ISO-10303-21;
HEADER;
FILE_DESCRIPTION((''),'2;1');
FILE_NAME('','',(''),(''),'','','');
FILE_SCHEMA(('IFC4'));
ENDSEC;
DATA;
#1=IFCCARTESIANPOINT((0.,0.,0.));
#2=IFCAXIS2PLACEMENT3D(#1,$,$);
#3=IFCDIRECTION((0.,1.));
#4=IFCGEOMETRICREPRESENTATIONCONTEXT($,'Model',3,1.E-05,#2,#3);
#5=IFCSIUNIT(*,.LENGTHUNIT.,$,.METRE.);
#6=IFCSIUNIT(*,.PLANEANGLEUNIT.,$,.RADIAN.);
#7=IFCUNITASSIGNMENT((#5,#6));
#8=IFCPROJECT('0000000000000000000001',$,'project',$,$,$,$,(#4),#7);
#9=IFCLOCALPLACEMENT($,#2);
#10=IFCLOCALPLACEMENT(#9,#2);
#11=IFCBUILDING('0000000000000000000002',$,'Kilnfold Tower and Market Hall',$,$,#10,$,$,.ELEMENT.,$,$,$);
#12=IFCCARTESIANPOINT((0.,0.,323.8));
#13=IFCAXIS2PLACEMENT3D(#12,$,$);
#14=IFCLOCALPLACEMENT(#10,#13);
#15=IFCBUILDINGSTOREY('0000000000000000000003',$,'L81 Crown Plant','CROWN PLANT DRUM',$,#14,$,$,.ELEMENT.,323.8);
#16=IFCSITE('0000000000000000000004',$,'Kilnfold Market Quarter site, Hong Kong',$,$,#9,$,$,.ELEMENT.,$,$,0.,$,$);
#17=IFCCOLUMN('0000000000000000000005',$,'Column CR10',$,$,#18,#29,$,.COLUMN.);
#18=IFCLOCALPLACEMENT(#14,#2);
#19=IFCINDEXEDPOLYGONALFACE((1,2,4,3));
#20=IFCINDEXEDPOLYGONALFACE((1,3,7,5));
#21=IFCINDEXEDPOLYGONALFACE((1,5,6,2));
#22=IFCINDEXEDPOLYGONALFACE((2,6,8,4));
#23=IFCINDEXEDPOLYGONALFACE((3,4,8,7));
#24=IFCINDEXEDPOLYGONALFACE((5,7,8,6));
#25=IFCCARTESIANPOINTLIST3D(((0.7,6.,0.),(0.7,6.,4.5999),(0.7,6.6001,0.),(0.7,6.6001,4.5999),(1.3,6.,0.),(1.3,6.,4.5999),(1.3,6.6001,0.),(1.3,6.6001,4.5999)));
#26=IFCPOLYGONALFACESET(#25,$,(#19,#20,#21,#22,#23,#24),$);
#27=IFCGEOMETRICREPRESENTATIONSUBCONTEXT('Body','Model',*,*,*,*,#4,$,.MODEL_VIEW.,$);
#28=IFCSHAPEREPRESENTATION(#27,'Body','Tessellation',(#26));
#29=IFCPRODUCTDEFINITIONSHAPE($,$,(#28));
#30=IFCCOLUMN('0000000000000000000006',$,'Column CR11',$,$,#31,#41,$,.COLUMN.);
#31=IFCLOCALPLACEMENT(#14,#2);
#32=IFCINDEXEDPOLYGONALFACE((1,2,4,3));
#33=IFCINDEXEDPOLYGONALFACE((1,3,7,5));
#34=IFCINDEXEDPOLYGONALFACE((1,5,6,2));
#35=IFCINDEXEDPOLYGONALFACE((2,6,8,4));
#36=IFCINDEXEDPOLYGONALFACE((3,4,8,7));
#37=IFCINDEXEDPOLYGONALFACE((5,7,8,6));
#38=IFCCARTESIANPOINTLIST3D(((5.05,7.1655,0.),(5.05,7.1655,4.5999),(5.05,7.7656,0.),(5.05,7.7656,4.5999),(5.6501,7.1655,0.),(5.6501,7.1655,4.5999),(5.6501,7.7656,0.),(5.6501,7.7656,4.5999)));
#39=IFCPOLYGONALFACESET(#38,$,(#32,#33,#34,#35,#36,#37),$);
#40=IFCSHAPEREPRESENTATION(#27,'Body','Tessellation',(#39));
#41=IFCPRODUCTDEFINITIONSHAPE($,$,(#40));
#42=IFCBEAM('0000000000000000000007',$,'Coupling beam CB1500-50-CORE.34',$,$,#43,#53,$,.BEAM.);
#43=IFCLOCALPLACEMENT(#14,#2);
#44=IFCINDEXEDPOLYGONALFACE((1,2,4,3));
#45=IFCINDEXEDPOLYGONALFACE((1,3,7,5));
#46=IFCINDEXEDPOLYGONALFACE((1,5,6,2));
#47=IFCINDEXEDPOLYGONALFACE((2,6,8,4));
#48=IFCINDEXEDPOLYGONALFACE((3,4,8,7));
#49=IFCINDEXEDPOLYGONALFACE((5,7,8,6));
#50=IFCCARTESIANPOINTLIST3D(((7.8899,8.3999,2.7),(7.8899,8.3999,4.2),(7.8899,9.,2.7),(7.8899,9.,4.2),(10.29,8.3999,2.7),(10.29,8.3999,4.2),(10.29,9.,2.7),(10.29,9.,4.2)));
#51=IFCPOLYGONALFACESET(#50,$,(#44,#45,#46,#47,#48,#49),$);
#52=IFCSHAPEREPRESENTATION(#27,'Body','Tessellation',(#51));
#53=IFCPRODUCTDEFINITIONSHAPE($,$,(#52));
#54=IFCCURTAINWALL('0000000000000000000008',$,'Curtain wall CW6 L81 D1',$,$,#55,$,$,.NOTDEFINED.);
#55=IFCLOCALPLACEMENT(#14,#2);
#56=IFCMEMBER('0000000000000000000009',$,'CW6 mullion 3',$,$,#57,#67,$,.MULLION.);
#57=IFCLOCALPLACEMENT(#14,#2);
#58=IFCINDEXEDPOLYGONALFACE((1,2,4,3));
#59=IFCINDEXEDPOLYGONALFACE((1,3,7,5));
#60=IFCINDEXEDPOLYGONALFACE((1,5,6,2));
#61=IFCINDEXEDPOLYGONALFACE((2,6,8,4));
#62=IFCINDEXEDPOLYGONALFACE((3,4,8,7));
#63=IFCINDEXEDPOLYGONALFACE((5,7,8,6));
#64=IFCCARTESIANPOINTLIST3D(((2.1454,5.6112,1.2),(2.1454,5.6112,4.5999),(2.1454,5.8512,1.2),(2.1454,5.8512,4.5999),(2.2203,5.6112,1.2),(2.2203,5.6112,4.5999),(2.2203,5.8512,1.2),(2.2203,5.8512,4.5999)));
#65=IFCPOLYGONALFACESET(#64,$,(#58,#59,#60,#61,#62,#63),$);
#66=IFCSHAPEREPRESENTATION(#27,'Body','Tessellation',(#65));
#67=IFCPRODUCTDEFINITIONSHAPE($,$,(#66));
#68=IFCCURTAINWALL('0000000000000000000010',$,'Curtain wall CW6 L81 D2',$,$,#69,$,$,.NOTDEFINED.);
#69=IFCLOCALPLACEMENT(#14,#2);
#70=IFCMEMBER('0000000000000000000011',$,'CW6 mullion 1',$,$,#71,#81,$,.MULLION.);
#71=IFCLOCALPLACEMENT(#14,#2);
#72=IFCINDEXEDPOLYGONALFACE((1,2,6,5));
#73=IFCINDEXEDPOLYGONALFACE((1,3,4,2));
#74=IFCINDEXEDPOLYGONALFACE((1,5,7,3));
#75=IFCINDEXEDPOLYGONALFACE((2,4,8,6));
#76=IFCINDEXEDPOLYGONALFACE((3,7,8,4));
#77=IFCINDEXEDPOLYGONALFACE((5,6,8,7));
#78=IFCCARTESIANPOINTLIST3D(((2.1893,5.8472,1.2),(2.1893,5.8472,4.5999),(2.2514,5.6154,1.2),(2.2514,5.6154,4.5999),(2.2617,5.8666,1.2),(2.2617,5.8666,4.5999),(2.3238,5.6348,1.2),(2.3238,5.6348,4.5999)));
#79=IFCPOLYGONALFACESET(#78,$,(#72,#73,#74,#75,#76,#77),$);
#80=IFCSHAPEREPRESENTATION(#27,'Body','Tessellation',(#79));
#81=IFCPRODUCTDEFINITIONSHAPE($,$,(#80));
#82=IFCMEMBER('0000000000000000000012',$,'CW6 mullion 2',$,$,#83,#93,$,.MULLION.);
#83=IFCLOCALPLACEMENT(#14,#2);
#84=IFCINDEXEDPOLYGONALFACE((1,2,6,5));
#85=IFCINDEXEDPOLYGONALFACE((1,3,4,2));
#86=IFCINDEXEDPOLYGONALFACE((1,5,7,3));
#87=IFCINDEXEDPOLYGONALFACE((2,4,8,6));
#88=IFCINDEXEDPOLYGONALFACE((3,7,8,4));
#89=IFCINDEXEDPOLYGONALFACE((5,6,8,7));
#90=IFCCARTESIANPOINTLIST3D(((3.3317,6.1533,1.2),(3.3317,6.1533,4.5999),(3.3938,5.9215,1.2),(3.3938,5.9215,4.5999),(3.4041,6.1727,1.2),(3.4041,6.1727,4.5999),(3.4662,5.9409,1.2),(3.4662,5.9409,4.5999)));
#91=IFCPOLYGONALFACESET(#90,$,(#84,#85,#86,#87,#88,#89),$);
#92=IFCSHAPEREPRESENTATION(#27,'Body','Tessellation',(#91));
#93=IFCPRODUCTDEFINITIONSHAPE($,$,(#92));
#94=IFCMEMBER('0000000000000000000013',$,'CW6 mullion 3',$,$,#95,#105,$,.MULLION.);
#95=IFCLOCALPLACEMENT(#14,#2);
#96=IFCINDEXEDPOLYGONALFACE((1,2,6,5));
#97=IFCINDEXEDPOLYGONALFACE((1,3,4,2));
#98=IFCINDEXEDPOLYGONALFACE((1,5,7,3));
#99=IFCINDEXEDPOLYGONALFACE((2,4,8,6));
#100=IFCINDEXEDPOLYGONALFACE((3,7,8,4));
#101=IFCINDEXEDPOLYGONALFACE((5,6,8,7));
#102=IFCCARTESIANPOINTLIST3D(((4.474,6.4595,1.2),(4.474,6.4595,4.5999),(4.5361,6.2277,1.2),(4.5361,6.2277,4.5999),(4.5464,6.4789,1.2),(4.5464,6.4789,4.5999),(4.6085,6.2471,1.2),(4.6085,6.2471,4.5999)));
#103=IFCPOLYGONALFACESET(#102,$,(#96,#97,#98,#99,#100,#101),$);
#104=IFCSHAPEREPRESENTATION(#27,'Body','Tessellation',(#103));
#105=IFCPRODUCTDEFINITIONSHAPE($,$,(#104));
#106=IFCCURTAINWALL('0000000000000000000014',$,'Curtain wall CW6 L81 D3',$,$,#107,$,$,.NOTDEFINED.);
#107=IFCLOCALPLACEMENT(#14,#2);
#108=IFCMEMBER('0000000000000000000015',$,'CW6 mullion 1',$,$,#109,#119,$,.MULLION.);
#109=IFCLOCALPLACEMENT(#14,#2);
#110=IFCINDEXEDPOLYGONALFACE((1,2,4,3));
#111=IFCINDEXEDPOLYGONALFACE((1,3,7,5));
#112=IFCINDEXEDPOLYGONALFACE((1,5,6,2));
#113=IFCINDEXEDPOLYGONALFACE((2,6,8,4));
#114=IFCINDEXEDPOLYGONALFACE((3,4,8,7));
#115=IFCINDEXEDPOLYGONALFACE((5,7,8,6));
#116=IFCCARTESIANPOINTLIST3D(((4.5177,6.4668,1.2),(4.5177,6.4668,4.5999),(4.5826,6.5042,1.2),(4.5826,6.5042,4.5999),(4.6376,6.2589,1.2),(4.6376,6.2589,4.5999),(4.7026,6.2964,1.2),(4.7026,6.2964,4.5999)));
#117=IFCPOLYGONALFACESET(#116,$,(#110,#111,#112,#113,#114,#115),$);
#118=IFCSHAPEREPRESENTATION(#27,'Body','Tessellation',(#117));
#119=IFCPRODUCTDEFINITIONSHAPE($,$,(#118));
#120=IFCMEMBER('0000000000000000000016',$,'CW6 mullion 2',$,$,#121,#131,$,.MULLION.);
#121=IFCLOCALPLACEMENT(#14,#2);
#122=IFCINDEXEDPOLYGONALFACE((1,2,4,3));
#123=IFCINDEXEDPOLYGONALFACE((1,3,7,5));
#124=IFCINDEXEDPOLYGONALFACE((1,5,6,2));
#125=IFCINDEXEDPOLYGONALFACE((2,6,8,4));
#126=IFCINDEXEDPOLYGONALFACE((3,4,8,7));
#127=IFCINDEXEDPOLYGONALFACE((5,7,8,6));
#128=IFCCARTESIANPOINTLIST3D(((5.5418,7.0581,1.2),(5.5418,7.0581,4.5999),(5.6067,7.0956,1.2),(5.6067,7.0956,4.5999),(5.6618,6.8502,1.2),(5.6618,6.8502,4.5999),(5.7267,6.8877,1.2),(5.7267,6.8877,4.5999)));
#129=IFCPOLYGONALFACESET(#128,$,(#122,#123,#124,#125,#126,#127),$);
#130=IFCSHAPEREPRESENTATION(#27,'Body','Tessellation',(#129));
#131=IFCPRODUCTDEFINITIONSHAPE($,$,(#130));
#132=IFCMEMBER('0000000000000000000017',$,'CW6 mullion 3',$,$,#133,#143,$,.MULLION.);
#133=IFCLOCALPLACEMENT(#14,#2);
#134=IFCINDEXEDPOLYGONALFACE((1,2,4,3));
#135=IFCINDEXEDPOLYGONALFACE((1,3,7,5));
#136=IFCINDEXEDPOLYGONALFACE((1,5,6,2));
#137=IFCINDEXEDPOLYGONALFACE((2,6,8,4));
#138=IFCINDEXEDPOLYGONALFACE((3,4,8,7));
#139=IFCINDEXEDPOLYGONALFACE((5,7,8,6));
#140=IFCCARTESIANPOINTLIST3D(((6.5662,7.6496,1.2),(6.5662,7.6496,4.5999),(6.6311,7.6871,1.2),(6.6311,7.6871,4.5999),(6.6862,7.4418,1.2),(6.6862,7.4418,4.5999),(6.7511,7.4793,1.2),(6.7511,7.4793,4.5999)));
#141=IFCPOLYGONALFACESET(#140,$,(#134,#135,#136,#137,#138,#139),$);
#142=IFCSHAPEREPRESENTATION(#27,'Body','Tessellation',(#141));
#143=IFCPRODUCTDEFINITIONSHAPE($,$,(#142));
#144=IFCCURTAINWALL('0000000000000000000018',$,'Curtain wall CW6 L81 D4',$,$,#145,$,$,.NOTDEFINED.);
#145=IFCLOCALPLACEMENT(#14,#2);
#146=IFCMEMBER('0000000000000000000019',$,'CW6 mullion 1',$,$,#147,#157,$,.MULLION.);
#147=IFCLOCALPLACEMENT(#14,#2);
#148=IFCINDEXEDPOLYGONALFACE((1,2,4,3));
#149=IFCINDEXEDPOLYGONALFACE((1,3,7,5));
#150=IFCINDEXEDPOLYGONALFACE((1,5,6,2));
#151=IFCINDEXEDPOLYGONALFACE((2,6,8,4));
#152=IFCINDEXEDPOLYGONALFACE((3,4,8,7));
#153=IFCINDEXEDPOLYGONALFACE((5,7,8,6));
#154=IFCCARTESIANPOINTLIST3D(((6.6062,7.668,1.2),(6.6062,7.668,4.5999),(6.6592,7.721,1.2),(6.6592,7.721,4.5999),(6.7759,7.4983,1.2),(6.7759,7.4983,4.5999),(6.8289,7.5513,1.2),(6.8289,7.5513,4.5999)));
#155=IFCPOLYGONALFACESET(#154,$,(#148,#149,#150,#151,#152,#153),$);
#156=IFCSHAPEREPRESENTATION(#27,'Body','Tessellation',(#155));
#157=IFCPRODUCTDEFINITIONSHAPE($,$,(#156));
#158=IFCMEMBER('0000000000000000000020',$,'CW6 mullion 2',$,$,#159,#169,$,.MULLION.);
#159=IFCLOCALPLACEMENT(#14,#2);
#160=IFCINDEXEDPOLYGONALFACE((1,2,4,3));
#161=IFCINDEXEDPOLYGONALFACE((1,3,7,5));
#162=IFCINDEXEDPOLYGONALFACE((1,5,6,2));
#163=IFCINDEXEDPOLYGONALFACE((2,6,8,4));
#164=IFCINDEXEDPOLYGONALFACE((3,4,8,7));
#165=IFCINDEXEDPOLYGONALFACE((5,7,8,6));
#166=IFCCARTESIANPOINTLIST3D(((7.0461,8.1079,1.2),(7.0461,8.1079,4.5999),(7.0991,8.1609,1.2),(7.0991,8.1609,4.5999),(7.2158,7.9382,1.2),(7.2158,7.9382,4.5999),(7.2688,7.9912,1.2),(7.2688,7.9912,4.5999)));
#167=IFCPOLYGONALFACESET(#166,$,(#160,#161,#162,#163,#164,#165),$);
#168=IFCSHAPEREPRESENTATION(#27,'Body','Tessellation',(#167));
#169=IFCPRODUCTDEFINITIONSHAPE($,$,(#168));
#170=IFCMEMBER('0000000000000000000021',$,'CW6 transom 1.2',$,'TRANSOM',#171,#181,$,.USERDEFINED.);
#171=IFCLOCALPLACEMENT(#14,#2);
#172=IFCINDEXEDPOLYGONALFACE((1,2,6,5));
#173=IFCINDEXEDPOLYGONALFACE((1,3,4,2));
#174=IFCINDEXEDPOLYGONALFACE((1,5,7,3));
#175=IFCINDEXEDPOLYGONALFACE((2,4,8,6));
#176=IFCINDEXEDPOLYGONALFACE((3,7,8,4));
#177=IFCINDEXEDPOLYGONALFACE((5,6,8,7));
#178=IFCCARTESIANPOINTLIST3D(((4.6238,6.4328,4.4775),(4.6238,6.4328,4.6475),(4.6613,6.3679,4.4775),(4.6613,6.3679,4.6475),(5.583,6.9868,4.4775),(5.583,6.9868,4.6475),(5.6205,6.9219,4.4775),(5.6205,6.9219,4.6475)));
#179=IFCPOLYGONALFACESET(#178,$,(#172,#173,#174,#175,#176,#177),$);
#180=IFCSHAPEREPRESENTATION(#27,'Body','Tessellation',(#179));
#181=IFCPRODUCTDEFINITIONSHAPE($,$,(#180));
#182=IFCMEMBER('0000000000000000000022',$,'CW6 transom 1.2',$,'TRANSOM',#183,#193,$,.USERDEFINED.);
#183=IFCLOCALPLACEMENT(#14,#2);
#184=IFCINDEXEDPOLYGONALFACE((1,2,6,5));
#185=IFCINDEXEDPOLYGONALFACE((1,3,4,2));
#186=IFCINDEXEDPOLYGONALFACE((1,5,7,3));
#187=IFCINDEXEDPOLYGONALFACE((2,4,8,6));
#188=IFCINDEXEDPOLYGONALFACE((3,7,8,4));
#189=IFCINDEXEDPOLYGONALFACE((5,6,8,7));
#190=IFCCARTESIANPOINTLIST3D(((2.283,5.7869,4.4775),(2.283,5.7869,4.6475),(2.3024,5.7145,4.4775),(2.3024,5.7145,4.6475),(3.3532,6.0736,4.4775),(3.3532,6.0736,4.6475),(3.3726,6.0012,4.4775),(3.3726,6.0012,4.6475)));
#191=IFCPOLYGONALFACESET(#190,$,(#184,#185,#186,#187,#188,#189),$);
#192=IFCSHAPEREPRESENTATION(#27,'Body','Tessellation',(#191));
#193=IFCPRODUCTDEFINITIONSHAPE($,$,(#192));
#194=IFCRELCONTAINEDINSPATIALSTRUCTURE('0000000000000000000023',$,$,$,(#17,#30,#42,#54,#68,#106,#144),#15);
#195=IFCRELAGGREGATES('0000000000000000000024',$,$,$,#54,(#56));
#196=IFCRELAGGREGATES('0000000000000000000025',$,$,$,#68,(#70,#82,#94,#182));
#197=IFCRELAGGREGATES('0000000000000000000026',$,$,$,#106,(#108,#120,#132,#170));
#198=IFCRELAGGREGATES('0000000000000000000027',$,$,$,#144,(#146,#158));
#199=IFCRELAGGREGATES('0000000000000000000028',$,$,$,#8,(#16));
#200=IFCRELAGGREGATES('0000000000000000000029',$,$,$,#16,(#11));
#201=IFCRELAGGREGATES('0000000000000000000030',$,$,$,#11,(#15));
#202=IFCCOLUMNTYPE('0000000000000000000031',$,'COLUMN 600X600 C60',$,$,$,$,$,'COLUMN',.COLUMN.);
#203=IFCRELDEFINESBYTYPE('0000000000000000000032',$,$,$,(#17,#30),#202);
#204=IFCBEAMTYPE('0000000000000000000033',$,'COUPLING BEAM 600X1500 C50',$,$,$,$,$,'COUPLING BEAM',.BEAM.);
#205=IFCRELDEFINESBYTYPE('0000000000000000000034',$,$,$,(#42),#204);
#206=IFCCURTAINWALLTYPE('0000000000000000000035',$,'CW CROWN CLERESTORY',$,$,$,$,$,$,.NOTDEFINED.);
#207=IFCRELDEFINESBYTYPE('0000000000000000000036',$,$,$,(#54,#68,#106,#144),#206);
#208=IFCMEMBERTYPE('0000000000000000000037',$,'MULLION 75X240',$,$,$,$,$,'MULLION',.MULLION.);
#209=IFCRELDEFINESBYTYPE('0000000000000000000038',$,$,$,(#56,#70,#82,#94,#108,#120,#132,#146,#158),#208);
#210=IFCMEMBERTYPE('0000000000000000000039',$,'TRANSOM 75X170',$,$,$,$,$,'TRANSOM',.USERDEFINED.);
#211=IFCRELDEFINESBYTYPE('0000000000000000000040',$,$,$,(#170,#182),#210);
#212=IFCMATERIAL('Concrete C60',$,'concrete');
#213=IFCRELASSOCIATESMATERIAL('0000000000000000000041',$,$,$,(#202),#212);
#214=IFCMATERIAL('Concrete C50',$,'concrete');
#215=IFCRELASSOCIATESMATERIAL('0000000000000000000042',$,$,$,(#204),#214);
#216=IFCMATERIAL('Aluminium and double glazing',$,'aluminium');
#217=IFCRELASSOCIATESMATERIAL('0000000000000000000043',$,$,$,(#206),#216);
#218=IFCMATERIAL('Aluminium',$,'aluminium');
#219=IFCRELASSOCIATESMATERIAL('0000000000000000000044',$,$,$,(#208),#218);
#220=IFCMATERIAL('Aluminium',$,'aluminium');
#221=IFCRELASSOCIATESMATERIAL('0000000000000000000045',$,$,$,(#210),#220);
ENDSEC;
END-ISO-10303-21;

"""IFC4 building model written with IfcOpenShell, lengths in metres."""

from ifc_helpers import new_model, si_unit, direction, frame, origin, origin_2d, place, context, subcontext, project, spatial, rectangle, extrude, source, transform, mapped, material, material_profile, profile_set, type_object, element, aggregate, save


model = new_model("IFC4")

# Units and contexts
model_context = context("Model", 3, precision=1e-05, world=origin(), true_north=direction((0.0, 1.0)))
body_context = subcontext(model_context, "Body", "Model", "MODEL_VIEW")
ifc_project = project(units=[si_unit("LENGTHUNIT", "METRE"), si_unit("PLANEANGLEUNIT", "RADIAN")], contexts=[model_context])

# Site, building, storey
site_placement = place(None, origin())
site = spatial("IfcSite", under=ifc_project, at=site_placement, Name="Kilnfold Market Quarter site, Hong Kong", CompositionType="ELEMENT", RefElevation=0.0)
building_placement = place(site_placement, origin())
building = spatial("IfcBuilding", under=site, at=building_placement, Name="Kilnfold Tower and Market Hall", CompositionType="ELEMENT")
storey_placement = place(building_placement, frame((0.0, 0.0, 323.8)))
storey = spatial("IfcBuildingStorey", under=building, at=storey_placement, Name="L81 Crown Plant", Description="CROWN PLANT DRUM", CompositionType="ELEMENT", Elevation=323.8)

# Columns
ifc_material_1 = material(Name="Concrete C60", Category="concrete")
ifc_material_profile_1 = material_profile(ifc_material_1, rectangle(XDim=0.6001, YDim=0.6001, at=origin_2d()), Name="RC 600x600")
ifc_profile_set_1 = profile_set([ifc_material_profile_1], Name="Concrete C60")
column_type = type_object("IfcColumnType", Name="COLUMN 600X600 C60", ElementType="COLUMN", PredefinedType="COLUMN", material=ifc_profile_set_1)
shared_shape_1 = source(origin(), body_context, "Body", "SweptSolid", [
    extrude(rectangle(XDim=0.6001, YDim=0.6001, at=origin_2d()), origin(), (0.0, 0.0, 1.0), 4.5999),
])
for number, where, z_axis, x_axis, name in (
    (1, (1.0, 6.3, 0.0), (0.0, 0.0, 1.0), (1.0, 0.0, 0.0), "Column CR10"),
    (2, (5.3501, 7.4656, 0.0), (0.0, 0.0, 1.0), (1.0, 0.0, 0.0), "Column CR11"),
):
    element("IfcColumn", number, at=place(storey_placement, frame(where, z_axis=z_axis, x_axis=x_axis)), inside=storey, type_object=column_type, Name=name, PredefinedType="COLUMN", context=body_context, shape_type="MappedRepresentation", body=[
        mapped(shared_shape_1, transform((0.0, 0.0, 0.0))),
    ])

# Beam
ifc_material_2 = material(Name="Concrete C50", Category="concrete")
ifc_material_profile_2 = material_profile(ifc_material_2, rectangle(XDim=0.6001, YDim=1.5, at=origin_2d()), Name="RC 600x1500")
ifc_profile_set_2 = profile_set([ifc_material_profile_2], Name="Concrete C50")
beam_type = type_object("IfcBeamType", Name="COUPLING BEAM 600X1500 C50", ElementType="COUPLING BEAM", PredefinedType="BEAM", material=ifc_profile_set_2)
shared_shape_2 = source(origin(), body_context, "Body", "SweptSolid", [
    extrude(rectangle(XDim=0.6001, YDim=1.5, at=origin_2d()), origin(), (0.0, 0.0, 1.0), 2.4001),
])
beam_placement = place(storey_placement, frame((7.8899, 8.7, 3.45), z_axis=(1.0, 0.0, 0.0), x_axis=(0.0, 1.0, 0.0)))
element("IfcBeam", 3, at=beam_placement, inside=storey, type_object=beam_type, Name="Coupling beam CB1500-50-CORE.34", PredefinedType="BEAM", context=body_context, shape_type="MappedRepresentation", body=[
    mapped(shared_shape_2, transform((0.0, 0.0, 0.0))),
])

# Curtain wall, member
ifc_material_3 = material(Name="Aluminium and double glazing", Category="aluminium")
curtain_wall_type = type_object("IfcCurtainWallType", Name="CW CROWN CLERESTORY", PredefinedType="NOTDEFINED", material=ifc_material_3)
curtain_wall_1_placement = place(storey_placement, origin())
curtain_wall_1 = element("IfcCurtainWall", 4, at=curtain_wall_1_placement, inside=storey, type_object=curtain_wall_type, Name="Curtain wall CW6 L81 D1", PredefinedType="NOTDEFINED")
ifc_material_4 = material(Name="Aluminium", Category="aluminium")
ifc_material_profile_3 = material_profile(ifc_material_4, rectangle(XDim=0.075, YDim=0.24, at=origin_2d()), Name="MULLION 75x240")
ifc_profile_set_3 = profile_set([ifc_material_profile_3], Name="Aluminium")
member_type_1 = type_object("IfcMemberType", Name="MULLION 75X240", ElementType="MULLION", PredefinedType="MULLION", material=ifc_profile_set_3)
shared_shape_3 = source(origin(), body_context, "Body", "SweptSolid", [
    extrude(rectangle(XDim=0.075, YDim=0.24, at=origin_2d()), origin(), (0.0, 0.0, 1.0), 3.3999),
])
member_1_placement = place(storey_placement, frame((2.1829, 5.7312, 1.2), z_axis=(0.0, 0.0, 1.0), x_axis=(1.0, 0.0, 0.0)))
member_1 = element("IfcMember", 5, at=member_1_placement, type_object=member_type_1, Name="CW6 mullion 3", PredefinedType="MULLION", context=body_context, shape_type="MappedRepresentation", body=[
    mapped(shared_shape_3, transform((0.0, 0.0, 0.0))),
])
aggregate(curtain_wall_1, [member_1])

# Curtain walls, members
curtain_wall_2_placement = place(storey_placement, origin())
curtain_wall_2 = element("IfcCurtainWall", 6, at=curtain_wall_2_placement, inside=storey, type_object=curtain_wall_type, Name="Curtain wall CW6 L81 D2", PredefinedType="NOTDEFINED")
member_2_placement = place(storey_placement, frame((2.2566, 5.741, 1.2), z_axis=(0.0, 0.0, 1.0), x_axis=(0.96593, 0.258805, 0.0)))
member_2 = element("IfcMember", 7, at=member_2_placement, type_object=member_type_1, Name="CW6 mullion 1", PredefinedType="MULLION", context=body_context, shape_type="MappedRepresentation", body=[
    mapped(shared_shape_3, transform((0.0, 0.0, 0.0))),
])
member_3_placement = place(storey_placement, frame((3.3989, 6.0471, 1.2), z_axis=(0.0, 0.0, 1.0), x_axis=(0.96593, 0.258805, 0.0)))
member_3 = element("IfcMember", 8, at=member_3_placement, type_object=member_type_1, Name="CW6 mullion 2", PredefinedType="MULLION", context=body_context, shape_type="MappedRepresentation", body=[
    mapped(shared_shape_3, transform((0.0, 0.0, 0.0))),
])
member_4_placement = place(storey_placement, frame((4.5413, 6.3533, 1.2), z_axis=(0.0, 0.0, 1.0), x_axis=(0.96593, 0.258805, 0.0)))
member_4 = element("IfcMember", 9, at=member_4_placement, type_object=member_type_1, Name="CW6 mullion 3", PredefinedType="MULLION", context=body_context, shape_type="MappedRepresentation", body=[
    mapped(shared_shape_3, transform((0.0, 0.0, 0.0))),
])
curtain_wall_3_placement = place(storey_placement, origin())
curtain_wall_3 = element("IfcCurtainWall", 10, at=curtain_wall_3_placement, inside=storey, type_object=curtain_wall_type, Name="Curtain wall CW6 L81 D3", PredefinedType="NOTDEFINED")
member_5_placement = place(storey_placement, frame((4.6101, 6.3816, 1.2), z_axis=(0.0, 0.0, 1.0), x_axis=(0.866031, 0.499991, 0.0)))
member_5 = element("IfcMember", 11, at=member_5_placement, type_object=member_type_1, Name="CW6 mullion 1", PredefinedType="MULLION", context=body_context, shape_type="MappedRepresentation", body=[
    mapped(shared_shape_3, transform((0.0, 0.0, 0.0))),
])
member_6_placement = place(storey_placement, frame((5.6343, 6.9729, 1.2), z_axis=(0.0, 0.0, 1.0), x_axis=(0.866031, 0.499991, 0.0)))
member_6 = element("IfcMember", 12, at=member_6_placement, type_object=member_type_1, Name="CW6 mullion 2", PredefinedType="MULLION", context=body_context, shape_type="MappedRepresentation", body=[
    mapped(shared_shape_3, transform((0.0, 0.0, 0.0))),
])
member_7_placement = place(storey_placement, frame((6.6587, 7.5645, 1.2), z_axis=(0.0, 0.0, 1.0), x_axis=(0.866031, 0.499991, 0.0)))
member_7 = element("IfcMember", 13, at=member_7_placement, type_object=member_type_1, Name="CW6 mullion 3", PredefinedType="MULLION", context=body_context, shape_type="MappedRepresentation", body=[
    mapped(shared_shape_3, transform((0.0, 0.0, 0.0))),
])
curtain_wall_4_placement = place(storey_placement, origin())
curtain_wall_4 = element("IfcCurtainWall", 14, at=curtain_wall_4_placement, inside=storey, type_object=curtain_wall_type, Name="Curtain wall CW6 L81 D4", PredefinedType="NOTDEFINED")
member_8_placement = place(storey_placement, frame((6.7175, 7.6096, 1.2), z_axis=(0.0, 0.0, 1.0), x_axis=(0.707035, 0.707178, 0.0)))
member_8 = element("IfcMember", 15, at=member_8_placement, type_object=member_type_1, Name="CW6 mullion 1", PredefinedType="MULLION", context=body_context, shape_type="MappedRepresentation", body=[
    mapped(shared_shape_3, transform((0.0, 0.0, 0.0))),
])
member_9_placement = place(storey_placement, frame((7.1575, 8.0496, 1.2), z_axis=(0.0, 0.0, 1.0), x_axis=(0.707035, 0.707178, 0.0)))
member_9 = element("IfcMember", 16, at=member_9_placement, type_object=member_type_1, Name="CW6 mullion 2", PredefinedType="MULLION", context=body_context, shape_type="MappedRepresentation", body=[
    mapped(shared_shape_3, transform((0.0, 0.0, 0.0))),
])

# Members
ifc_material_5 = material(Name="Aluminium", Category="aluminium")
ifc_material_profile_4 = material_profile(ifc_material_5, rectangle(XDim=0.075, YDim=0.1699, at=origin_2d()), Name="TRANSOM 75x170")
ifc_profile_set_4 = profile_set([ifc_material_profile_4], Name="Aluminium")
member_type_2 = type_object("IfcMemberType", Name="TRANSOM 75X170", ElementType="TRANSOM", PredefinedType="USERDEFINED", material=ifc_profile_set_4)
shared_shape_4 = source(origin(), body_context, "Body", "SweptSolid", [
    extrude(rectangle(XDim=0.075, YDim=0.1699, at=origin_2d()), origin(), (0.0, 0.0, 1.0), 1.1077),
])
member_10_placement = place(storey_placement, frame((4.6426, 6.4004, 4.5625), z_axis=(0.865969, 0.500098, 0.0), x_axis=(-0.500098, 0.865969, 0.0)))
member_10 = element("IfcMember", 17, at=member_10_placement, type_object=member_type_2, Name="CW6 transom 1.2", ObjectType="TRANSOM", PredefinedType="USERDEFINED", context=body_context, shape_type="MappedRepresentation", body=[
    mapped(shared_shape_4, transform((0.0, 0.0, 0.0))),
])
shared_shape_5 = source(origin(), body_context, "Body", "SweptSolid", [
    extrude(rectangle(XDim=0.075, YDim=0.1699, at=origin_2d()), origin(), (0.0, 0.0, 1.0), 1.1079),
])
member_11_placement = place(storey_placement, frame((2.2927, 5.7507, 4.5625), z_axis=(0.965949, 0.258732, 0.0), x_axis=(-0.258732, 0.965949, 0.0)))
member_11 = element("IfcMember", 18, at=member_11_placement, type_object=member_type_2, Name="CW6 transom 1.2", ObjectType="TRANSOM", PredefinedType="USERDEFINED", context=body_context, shape_type="MappedRepresentation", body=[
    mapped(shared_shape_5, transform((0.0, 0.0, 0.0))),
])

aggregate(curtain_wall_2, [member_2, member_3, member_4, member_11])
aggregate(curtain_wall_3, [member_5, member_6, member_7, member_10])
aggregate(curtain_wall_4, [member_8, member_9])

save(model, "model.ifc")
